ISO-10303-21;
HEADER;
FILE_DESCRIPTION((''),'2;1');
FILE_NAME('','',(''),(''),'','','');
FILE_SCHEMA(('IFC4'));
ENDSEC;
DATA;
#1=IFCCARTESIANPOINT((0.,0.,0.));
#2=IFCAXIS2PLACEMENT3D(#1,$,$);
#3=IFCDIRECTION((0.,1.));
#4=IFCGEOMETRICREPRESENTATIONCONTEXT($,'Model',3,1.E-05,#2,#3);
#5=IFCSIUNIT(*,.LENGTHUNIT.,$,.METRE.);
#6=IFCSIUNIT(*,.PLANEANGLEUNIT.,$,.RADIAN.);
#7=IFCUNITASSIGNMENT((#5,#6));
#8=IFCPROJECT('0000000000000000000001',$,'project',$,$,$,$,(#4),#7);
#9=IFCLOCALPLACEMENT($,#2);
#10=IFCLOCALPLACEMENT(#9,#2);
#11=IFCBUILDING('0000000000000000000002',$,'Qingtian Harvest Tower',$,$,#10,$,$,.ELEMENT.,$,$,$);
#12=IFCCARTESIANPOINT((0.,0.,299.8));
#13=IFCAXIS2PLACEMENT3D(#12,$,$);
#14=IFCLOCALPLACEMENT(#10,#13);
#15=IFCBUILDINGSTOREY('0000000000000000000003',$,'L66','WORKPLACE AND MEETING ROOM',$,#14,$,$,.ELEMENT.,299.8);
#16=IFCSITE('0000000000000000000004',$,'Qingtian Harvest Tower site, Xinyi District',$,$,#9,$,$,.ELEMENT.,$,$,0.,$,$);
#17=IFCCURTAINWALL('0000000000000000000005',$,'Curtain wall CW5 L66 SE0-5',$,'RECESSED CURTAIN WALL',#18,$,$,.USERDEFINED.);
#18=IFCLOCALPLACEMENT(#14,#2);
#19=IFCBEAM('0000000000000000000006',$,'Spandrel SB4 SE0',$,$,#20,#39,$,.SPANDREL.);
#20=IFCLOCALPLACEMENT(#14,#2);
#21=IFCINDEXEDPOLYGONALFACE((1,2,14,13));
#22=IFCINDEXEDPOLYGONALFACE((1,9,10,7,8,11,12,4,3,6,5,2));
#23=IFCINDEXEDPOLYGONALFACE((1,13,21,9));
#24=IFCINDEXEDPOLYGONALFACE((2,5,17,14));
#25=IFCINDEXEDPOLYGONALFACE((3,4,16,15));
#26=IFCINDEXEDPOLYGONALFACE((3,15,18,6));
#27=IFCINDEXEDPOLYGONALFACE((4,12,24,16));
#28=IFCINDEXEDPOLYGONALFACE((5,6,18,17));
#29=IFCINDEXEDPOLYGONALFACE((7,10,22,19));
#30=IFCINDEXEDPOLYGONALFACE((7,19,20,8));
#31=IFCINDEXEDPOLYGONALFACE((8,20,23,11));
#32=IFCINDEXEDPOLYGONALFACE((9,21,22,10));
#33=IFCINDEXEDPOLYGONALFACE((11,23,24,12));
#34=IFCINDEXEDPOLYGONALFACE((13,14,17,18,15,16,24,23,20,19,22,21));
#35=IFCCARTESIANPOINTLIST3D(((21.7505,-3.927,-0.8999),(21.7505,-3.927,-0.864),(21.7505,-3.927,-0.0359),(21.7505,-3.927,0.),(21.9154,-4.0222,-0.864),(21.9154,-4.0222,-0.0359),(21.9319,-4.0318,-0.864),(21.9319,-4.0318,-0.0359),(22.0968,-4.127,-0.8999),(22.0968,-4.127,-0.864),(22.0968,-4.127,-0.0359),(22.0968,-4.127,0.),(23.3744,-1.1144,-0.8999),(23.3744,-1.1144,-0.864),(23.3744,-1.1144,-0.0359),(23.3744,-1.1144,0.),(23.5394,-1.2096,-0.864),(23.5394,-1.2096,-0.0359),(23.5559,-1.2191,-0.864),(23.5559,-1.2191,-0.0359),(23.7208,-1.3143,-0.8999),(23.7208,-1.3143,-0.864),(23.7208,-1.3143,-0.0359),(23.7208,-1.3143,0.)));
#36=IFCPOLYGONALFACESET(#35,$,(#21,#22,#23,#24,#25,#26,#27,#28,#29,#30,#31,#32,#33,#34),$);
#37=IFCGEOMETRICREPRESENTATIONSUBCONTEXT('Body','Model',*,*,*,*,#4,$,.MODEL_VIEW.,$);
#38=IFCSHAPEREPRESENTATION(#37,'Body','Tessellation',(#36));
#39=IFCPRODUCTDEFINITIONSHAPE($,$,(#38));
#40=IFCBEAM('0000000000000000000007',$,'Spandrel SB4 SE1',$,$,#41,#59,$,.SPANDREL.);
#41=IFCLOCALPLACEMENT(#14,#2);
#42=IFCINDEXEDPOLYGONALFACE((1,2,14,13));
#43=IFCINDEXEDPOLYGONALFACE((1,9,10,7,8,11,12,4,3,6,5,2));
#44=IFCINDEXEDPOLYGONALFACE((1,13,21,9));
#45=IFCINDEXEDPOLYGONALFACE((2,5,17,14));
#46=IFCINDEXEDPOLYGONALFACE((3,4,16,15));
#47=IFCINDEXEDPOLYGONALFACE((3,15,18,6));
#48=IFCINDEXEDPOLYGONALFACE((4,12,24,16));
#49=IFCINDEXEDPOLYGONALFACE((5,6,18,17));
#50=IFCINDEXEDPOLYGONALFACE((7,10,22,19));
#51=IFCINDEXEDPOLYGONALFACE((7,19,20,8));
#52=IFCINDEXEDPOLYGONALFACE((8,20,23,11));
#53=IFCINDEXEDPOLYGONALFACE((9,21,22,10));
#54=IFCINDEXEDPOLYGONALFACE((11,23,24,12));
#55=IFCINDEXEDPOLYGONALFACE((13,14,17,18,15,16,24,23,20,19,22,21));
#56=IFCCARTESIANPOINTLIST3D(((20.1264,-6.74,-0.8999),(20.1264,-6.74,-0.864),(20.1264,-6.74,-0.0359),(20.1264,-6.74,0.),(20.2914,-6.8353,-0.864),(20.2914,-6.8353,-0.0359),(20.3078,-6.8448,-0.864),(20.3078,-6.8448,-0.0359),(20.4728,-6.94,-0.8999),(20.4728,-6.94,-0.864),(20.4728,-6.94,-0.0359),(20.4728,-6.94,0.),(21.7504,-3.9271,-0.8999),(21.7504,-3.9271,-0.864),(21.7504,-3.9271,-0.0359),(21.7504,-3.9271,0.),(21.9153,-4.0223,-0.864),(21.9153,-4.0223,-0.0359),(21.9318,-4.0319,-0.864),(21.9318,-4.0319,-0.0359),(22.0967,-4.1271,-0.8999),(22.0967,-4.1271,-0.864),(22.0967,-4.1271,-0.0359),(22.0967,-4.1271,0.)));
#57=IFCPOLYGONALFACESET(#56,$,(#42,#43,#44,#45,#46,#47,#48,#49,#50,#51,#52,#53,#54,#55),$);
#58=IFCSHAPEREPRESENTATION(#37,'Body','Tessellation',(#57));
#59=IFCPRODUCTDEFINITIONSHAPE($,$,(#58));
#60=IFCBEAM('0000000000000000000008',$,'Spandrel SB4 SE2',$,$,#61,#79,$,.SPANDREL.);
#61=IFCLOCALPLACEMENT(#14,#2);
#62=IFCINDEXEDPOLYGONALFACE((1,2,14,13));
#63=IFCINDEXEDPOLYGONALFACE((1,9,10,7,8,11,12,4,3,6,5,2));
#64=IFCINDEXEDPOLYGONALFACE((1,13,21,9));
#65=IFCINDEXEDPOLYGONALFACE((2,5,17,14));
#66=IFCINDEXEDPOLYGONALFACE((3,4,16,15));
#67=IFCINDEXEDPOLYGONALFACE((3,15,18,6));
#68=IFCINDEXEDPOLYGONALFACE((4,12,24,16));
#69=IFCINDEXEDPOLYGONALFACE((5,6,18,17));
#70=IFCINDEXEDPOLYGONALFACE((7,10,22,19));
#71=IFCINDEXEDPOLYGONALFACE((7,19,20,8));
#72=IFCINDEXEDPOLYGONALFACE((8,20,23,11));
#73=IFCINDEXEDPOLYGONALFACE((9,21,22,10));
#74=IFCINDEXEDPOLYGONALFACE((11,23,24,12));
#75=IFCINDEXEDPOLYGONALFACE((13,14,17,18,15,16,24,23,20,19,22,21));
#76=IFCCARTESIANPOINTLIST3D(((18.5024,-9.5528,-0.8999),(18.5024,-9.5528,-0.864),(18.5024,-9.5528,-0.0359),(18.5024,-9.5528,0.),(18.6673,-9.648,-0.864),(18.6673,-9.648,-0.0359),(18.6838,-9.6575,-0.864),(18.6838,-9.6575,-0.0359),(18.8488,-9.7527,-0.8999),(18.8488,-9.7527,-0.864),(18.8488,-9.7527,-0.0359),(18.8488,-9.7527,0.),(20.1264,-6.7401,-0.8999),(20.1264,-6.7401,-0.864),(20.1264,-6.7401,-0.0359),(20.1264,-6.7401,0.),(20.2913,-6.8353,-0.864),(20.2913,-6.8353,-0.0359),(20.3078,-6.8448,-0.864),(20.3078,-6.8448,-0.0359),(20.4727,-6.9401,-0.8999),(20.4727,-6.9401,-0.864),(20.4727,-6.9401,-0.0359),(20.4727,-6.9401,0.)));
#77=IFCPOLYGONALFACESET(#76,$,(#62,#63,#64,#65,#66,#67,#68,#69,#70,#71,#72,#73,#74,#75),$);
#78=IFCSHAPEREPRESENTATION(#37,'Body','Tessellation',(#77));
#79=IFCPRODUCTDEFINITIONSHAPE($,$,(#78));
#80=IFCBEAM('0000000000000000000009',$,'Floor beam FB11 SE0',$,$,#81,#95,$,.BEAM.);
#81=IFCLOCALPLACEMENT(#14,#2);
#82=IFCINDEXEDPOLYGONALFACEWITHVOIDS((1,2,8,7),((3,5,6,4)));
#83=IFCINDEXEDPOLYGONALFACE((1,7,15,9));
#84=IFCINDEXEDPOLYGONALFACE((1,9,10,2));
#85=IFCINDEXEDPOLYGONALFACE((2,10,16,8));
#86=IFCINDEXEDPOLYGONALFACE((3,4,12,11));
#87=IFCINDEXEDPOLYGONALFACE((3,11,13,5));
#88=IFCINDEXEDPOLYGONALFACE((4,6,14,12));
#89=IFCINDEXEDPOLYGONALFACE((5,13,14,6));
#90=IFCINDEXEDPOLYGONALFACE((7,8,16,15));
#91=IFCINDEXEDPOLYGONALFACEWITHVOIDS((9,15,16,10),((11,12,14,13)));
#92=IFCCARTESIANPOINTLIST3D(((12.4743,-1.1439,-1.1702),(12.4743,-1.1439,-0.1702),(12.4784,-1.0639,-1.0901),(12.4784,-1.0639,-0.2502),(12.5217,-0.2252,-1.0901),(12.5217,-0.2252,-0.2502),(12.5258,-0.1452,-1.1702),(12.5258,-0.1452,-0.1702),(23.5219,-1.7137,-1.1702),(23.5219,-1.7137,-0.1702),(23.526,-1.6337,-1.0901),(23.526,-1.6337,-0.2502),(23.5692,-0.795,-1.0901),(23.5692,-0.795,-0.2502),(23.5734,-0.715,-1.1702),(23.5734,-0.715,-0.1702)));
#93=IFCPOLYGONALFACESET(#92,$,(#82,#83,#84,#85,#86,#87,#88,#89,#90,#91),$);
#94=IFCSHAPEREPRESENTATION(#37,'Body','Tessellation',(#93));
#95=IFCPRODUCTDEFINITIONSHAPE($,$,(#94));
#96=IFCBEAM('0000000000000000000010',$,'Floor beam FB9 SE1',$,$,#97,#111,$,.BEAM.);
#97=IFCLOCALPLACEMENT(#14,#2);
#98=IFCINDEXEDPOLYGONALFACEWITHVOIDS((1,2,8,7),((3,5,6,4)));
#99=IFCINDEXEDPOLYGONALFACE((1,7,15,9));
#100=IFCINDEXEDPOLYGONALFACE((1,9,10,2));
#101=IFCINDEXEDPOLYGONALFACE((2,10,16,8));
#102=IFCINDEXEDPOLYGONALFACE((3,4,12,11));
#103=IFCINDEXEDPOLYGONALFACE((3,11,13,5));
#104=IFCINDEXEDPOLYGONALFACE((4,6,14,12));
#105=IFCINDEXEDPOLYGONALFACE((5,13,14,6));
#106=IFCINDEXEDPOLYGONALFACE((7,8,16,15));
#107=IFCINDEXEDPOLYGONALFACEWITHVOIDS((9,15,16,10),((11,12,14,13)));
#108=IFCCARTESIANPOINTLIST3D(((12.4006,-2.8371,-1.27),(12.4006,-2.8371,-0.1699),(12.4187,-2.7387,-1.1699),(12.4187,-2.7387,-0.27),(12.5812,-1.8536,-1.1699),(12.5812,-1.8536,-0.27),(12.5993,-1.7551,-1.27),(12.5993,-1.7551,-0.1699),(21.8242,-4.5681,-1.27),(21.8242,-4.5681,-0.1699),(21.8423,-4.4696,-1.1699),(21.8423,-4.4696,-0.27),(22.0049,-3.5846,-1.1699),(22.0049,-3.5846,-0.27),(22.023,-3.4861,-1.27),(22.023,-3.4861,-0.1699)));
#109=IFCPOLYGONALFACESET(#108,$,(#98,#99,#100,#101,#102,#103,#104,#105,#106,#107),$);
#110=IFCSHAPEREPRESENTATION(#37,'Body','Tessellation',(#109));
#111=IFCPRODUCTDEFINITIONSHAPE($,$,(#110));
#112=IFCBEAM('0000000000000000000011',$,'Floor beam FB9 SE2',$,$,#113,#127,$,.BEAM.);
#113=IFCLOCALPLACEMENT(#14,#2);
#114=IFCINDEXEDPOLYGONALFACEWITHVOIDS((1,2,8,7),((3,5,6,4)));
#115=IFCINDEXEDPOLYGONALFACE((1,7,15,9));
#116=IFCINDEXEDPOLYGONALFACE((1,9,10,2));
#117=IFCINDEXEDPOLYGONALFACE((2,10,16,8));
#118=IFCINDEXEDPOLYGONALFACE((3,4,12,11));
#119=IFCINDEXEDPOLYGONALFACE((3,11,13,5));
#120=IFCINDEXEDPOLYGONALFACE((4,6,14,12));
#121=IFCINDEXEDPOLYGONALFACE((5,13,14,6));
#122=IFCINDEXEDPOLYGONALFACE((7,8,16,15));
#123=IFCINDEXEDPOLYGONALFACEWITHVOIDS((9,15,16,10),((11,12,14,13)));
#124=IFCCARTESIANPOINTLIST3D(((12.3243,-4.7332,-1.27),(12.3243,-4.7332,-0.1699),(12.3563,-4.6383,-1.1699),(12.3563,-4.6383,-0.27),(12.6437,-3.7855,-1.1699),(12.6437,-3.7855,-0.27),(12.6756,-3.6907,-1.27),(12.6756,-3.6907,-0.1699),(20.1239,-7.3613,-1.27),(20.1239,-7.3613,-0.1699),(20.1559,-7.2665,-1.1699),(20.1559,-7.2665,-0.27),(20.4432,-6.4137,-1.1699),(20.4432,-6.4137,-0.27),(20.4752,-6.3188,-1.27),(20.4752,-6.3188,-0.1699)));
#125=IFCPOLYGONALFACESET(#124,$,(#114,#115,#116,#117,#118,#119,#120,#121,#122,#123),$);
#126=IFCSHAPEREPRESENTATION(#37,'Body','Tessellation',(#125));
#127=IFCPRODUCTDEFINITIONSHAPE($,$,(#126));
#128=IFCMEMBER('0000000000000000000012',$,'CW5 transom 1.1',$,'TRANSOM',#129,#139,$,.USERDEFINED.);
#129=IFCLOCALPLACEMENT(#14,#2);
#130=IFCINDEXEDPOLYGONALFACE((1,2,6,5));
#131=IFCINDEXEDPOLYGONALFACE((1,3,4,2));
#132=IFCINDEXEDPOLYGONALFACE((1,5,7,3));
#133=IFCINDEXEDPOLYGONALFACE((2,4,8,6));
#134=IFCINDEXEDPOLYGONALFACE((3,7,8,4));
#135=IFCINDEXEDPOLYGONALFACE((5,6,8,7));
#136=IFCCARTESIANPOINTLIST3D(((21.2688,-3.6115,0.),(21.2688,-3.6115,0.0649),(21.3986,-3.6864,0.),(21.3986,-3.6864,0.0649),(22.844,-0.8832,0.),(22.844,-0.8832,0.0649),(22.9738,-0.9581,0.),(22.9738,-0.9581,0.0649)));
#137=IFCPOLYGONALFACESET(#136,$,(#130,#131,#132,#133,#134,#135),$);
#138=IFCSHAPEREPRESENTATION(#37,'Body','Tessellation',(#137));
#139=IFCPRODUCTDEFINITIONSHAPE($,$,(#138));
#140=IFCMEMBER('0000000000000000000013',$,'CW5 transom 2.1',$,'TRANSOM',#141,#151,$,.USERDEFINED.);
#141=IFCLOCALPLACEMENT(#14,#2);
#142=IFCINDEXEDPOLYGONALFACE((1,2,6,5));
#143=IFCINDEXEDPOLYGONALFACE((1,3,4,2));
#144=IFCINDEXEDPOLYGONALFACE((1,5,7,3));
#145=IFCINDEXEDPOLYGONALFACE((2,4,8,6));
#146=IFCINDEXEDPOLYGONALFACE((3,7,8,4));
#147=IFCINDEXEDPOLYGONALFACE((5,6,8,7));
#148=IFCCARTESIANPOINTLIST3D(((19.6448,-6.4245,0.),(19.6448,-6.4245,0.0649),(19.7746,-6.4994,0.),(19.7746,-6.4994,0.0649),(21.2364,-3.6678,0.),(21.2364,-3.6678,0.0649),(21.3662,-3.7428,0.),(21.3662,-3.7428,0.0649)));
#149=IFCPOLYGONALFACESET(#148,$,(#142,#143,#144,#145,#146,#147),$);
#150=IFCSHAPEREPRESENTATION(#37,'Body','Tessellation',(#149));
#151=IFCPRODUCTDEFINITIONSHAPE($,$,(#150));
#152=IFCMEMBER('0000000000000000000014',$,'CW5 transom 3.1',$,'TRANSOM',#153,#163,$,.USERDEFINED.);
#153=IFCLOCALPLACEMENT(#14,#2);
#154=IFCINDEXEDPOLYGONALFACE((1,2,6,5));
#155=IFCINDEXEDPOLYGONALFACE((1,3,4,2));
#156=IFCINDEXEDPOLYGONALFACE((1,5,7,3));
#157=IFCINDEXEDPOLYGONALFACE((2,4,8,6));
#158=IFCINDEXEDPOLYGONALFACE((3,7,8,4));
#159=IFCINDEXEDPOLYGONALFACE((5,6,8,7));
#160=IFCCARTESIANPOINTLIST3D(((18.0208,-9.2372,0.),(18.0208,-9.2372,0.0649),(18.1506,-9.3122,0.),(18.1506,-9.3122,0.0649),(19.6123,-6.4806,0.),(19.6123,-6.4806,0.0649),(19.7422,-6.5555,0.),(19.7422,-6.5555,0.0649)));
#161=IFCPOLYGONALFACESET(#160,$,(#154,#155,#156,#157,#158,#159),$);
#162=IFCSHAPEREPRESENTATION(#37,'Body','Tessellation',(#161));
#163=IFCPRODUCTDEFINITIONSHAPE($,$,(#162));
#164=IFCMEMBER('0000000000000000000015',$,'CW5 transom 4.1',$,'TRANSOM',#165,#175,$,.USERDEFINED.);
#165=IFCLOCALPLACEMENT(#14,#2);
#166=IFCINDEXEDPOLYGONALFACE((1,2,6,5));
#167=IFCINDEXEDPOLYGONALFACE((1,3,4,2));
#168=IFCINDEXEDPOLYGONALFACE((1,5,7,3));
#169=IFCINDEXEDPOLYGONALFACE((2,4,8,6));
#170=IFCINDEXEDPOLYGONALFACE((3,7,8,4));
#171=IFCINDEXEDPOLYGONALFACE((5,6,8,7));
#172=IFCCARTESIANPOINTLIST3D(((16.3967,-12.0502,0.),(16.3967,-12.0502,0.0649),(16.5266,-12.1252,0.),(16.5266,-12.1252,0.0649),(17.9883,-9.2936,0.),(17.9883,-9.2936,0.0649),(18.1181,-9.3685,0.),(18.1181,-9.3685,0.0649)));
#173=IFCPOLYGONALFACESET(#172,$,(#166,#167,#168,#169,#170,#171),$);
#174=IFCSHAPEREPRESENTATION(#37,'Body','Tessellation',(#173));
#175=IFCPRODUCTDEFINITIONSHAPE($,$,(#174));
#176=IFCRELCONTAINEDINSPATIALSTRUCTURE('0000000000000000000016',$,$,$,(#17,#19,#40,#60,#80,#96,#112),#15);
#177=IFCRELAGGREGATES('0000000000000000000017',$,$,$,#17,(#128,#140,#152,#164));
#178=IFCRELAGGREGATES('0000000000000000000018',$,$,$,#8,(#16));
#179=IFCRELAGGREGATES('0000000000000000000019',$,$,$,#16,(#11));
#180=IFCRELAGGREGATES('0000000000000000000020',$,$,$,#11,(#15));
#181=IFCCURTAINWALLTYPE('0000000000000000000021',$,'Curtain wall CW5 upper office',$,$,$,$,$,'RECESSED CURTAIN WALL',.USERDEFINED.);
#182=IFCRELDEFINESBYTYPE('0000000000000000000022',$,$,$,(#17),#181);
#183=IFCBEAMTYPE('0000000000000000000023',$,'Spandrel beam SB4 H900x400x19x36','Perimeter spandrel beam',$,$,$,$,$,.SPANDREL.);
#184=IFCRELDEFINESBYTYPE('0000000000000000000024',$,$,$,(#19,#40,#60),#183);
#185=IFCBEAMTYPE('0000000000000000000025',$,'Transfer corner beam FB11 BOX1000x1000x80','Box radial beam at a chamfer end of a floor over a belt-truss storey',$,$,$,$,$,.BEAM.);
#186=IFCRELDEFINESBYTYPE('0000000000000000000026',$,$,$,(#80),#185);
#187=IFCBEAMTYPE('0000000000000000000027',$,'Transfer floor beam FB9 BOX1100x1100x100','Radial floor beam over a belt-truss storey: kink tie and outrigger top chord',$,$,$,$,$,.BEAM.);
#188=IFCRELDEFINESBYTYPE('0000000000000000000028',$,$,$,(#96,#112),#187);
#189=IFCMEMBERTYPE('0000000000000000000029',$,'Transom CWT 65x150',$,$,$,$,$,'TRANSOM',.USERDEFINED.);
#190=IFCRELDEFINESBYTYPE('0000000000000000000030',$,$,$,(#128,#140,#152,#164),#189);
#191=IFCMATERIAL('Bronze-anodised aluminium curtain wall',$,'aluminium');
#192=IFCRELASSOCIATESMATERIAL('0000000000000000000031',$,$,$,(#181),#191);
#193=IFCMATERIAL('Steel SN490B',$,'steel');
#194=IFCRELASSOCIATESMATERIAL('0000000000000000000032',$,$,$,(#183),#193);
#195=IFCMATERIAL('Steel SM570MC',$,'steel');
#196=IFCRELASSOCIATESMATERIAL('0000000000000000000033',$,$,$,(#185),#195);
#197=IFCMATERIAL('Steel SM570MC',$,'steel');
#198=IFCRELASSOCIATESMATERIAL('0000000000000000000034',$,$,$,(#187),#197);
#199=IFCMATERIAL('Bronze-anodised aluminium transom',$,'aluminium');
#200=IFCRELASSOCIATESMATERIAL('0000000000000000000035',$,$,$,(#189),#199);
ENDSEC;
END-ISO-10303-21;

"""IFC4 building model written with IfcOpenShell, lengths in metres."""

from ifc_helpers import new_model, si_unit, direction, frame, origin, origin_2d, place, context, subcontext, project, spatial, rectangle, hollow_rectangle, i_section, extrude, material, material_profile, profile_set, type_object, element, aggregate, save


model = new_model("IFC4")

# Units and contexts
model_context = context("Model", 3, precision=1e-05, world=origin(), true_north=direction((0.0, 1.0)))
body_context = subcontext(model_context, "Body", "Model", "MODEL_VIEW")
ifc_project = project(units=[si_unit("LENGTHUNIT", "METRE"), si_unit("PLANEANGLEUNIT", "RADIAN")], contexts=[model_context])

# Site, building, storey
site_placement = place(None, origin())
site = spatial("IfcSite", under=ifc_project, at=site_placement, Name="Qingtian Harvest Tower site, Xinyi District", CompositionType="ELEMENT", RefElevation=0.0)
building_placement = place(site_placement, origin())
building = spatial("IfcBuilding", under=site, at=building_placement, Name="Qingtian Harvest Tower", CompositionType="ELEMENT")
storey_placement = place(building_placement, frame((0.0, 0.0, 299.8)))
storey = spatial("IfcBuildingStorey", under=building, at=storey_placement, Name="L66", Description="WORKPLACE AND MEETING ROOM", CompositionType="ELEMENT", Elevation=299.8)

# Shared definitions
ifc_material_1 = material(Name="Bronze-anodised aluminium curtain wall", Category="aluminium")
curtain_wall_type = type_object("IfcCurtainWallType", Name="Curtain wall CW5 upper office", ElementType="RECESSED CURTAIN WALL", PredefinedType="USERDEFINED", material=ifc_material_1)

# Curtain wall
curtain_wall_1_placement = place(storey_placement, origin())
curtain_wall_1 = element("IfcCurtainWall", 1, at=curtain_wall_1_placement, inside=storey, type_object=curtain_wall_type, Name="Curtain wall CW5 L66 SE0-5", ObjectType="RECESSED CURTAIN WALL", PredefinedType="USERDEFINED")

# Beams
ifc_material_2 = material(Name="Steel SN490B", Category="steel")
ifc_material_profile_1 = material_profile(ifc_material_2, i_section(OverallWidth=0.3999, OverallDepth=0.8999, WebThickness=0.019, FlangeThickness=0.0359, at=origin_2d()), Name="H900x400x19x36")
ifc_profile_set_1 = profile_set([ifc_material_profile_1], Name="Steel SN490B")
beam_type_1 = type_object("IfcBeamType", Name="Spandrel beam SB4 H900x400x19x36", Description="Perimeter spandrel beam", PredefinedType="SPANDREL", material=ifc_profile_set_1)
beam_1_placement = place(storey_placement, frame((23.5476, -1.2144, -0.45), z_axis=(-0.50002, -0.866014, 0.0), x_axis=(0.866014, -0.50002, 0.0)))
element("IfcBeam", 2, at=beam_1_placement, inside=storey, type_object=beam_type_1, Name="Spandrel SB4 SE0", PredefinedType="SPANDREL", context=body_context, shape_type="SweptSolid", body=[
    extrude(i_section(OverallWidth=0.3999, OverallDepth=0.8999, WebThickness=0.019, FlangeThickness=0.0359, at=origin_2d()), origin(), (0.0, 0.0, 1.0), 3.2478),
])
beam_2_placement = place(storey_placement, frame((21.9236, -4.0271, -0.45), z_axis=(-0.499987, -0.866033, 0.0), x_axis=(0.866033, -0.499987, 0.0)))
element("IfcBeam", 3, at=beam_2_placement, inside=storey, type_object=beam_type_1, Name="Spandrel SB4 SE1", PredefinedType="SPANDREL", context=body_context, shape_type="SweptSolid", body=[
    extrude(i_section(OverallWidth=0.3999, OverallDepth=0.8999, WebThickness=0.019, FlangeThickness=0.0359, at=origin_2d()), origin(), (0.0, 0.0, 1.0), 3.248),
])
beam_3_placement = place(storey_placement, frame((20.2996, -6.8401, -0.45), z_axis=(-0.50002, -0.866014, 0.0), x_axis=(0.866014, -0.50002, 0.0)))
element("IfcBeam", 4, at=beam_3_placement, inside=storey, type_object=beam_type_1, Name="Spandrel SB4 SE2", PredefinedType="SPANDREL", context=body_context, shape_type="SweptSolid", body=[
    extrude(i_section(OverallWidth=0.3999, OverallDepth=0.8999, WebThickness=0.019, FlangeThickness=0.0359, at=origin_2d()), origin(), (0.0, 0.0, 1.0), 3.2478),
])
ifc_material_3 = material(Name="Steel SM570MC", Category="steel")
ifc_material_profile_2 = material_profile(ifc_material_3, hollow_rectangle(XDim=1.0, YDim=1.0, WallThickness=0.0801, at=origin_2d()), Name="BOX1000x1000x80")
ifc_profile_set_2 = profile_set([ifc_material_profile_2], Name="Steel SM570MC")
beam_type_2 = type_object("IfcBeamType", Name="Transfer corner beam FB11 BOX1000x1000x80", Description="Box radial beam at a chamfer end of a floor over a belt-truss storey", PredefinedType="BEAM", material=ifc_profile_set_2)
beam_4_placement = place(storey_placement, frame((23.5476, -1.2144, -0.6702), z_axis=(-0.998672, 0.05151, 0.0), x_axis=(-0.05151, -0.998672, 0.0)))
element("IfcBeam", 5, at=beam_4_placement, inside=storey, type_object=beam_type_2, Name="Floor beam FB11 SE0", PredefinedType="BEAM", context=body_context, shape_type="SweptSolid", body=[
    extrude(hollow_rectangle(XDim=1.0, YDim=1.0, WallThickness=0.0801, at=origin_2d()), origin(), (0.0, 0.0, 1.0), 11.0623),
])
ifc_material_4 = material(Name="Steel SM570MC", Category="steel")
ifc_material_profile_3 = material_profile(ifc_material_4, hollow_rectangle(XDim=1.1001, YDim=1.1001, WallThickness=0.1001, at=origin_2d()), Name="BOX1100x1100x100")
ifc_profile_set_3 = profile_set([ifc_material_profile_3], Name="Steel SM570MC")
beam_type_3 = type_object("IfcBeamType", Name="Transfer floor beam FB9 BOX1100x1100x100", Description="Radial floor beam over a belt-truss storey: kink tie and outrigger top chord", PredefinedType="BEAM", material=ifc_profile_set_3)
beam_5_placement = place(storey_placement, frame((21.9236, -4.0271, -0.72), z_axis=(-0.983545, 0.180661, 0.0), x_axis=(-0.180661, -0.983545, 0.0)))
element("IfcBeam", 6, at=beam_5_placement, inside=storey, type_object=beam_type_3, Name="Floor beam FB9 SE1", PredefinedType="BEAM", context=body_context, shape_type="SweptSolid", body=[
    extrude(hollow_rectangle(XDim=1.1001, YDim=1.1001, WallThickness=0.1001, at=origin_2d()), origin(), (0.0, 0.0, 1.0), 9.5813),
])
beam_6_placement = place(storey_placement, frame((20.2996, -6.8401, -0.72), z_axis=(-0.947646, 0.319323, 0.0), x_axis=(-0.319323, -0.947646, 0.0)))
element("IfcBeam", 7, at=beam_6_placement, inside=storey, type_object=beam_type_3, Name="Floor beam FB9 SE2", PredefinedType="BEAM", context=body_context, shape_type="SweptSolid", body=[
    extrude(hollow_rectangle(XDim=1.1001, YDim=1.1001, WallThickness=0.1001, at=origin_2d()), origin(), (0.0, 0.0, 1.0), 8.2305),
])

# Members
ifc_material_5 = material(Name="Bronze-anodised aluminium transom", Category="aluminium")
ifc_material_profile_4 = material_profile(ifc_material_5, rectangle(XDim=0.1499, YDim=0.0649, at=origin_2d()), Name="AL 65x150")
ifc_profile_set_4 = profile_set([ifc_material_profile_4], Name="Bronze-anodised aluminium transom")
member_type_1 = type_object("IfcMemberType", Name="Transom CWT 65x150", ElementType="TRANSOM", PredefinedType="USERDEFINED", material=ifc_profile_set_4)
member_1_placement = place(storey_placement, frame((22.9089, -0.9207, 0.0325), z_axis=(-0.500006, -0.866022, 0.0), x_axis=(0.866022, -0.500006, 0.0)))
member_1 = element("IfcMember", 8, at=member_1_placement, type_object=member_type_1, Name="CW5 transom 1.1", ObjectType="TRANSOM", PredefinedType="USERDEFINED", context=body_context, shape_type="SweptSolid", body=[
    extrude(rectangle(XDim=0.1499, YDim=0.0649, at=origin_2d()), origin(), (0.0, 0.0, 1.0), 3.1504),
])
member_2_placement = place(storey_placement, frame((21.3013, -3.7053, 0.0325), z_axis=(-0.500008, -0.866021, 0.0), x_axis=(0.866021, -0.500008, 0.0)))
member_2 = element("IfcMember", 9, at=member_2_placement, type_object=member_type_1, Name="CW5 transom 2.1", ObjectType="TRANSOM", PredefinedType="USERDEFINED", context=body_context, shape_type="SweptSolid", body=[
    extrude(rectangle(XDim=0.1499, YDim=0.0649, at=origin_2d()), origin(), (0.0, 0.0, 1.0), 3.1831),
])
member_3_placement = place(storey_placement, frame((19.6772, -6.5181, 0.0325), z_axis=(-0.500008, -0.866021, 0.0), x_axis=(0.866021, -0.500008, 0.0)))
member_3 = element("IfcMember", 10, at=member_3_placement, type_object=member_type_1, Name="CW5 transom 3.1", ObjectType="TRANSOM", PredefinedType="USERDEFINED", context=body_context, shape_type="SweptSolid", body=[
    extrude(rectangle(XDim=0.1499, YDim=0.0649, at=origin_2d()), origin(), (0.0, 0.0, 1.0), 3.1831),
])
member_4_placement = place(storey_placement, frame((18.0532, -9.3311, 0.0325), z_axis=(-0.500008, -0.866021, 0.0), x_axis=(0.866021, -0.500008, 0.0)))
member_4 = element("IfcMember", 11, at=member_4_placement, type_object=member_type_1, Name="CW5 transom 4.1", ObjectType="TRANSOM", PredefinedType="USERDEFINED", context=body_context, shape_type="SweptSolid", body=[
    extrude(rectangle(XDim=0.1499, YDim=0.0649, at=origin_2d()), origin(), (0.0, 0.0, 1.0), 3.1831),
])

aggregate(curtain_wall_1, [member_1, member_2, member_3, member_4])

save(model, "model.ifc")
